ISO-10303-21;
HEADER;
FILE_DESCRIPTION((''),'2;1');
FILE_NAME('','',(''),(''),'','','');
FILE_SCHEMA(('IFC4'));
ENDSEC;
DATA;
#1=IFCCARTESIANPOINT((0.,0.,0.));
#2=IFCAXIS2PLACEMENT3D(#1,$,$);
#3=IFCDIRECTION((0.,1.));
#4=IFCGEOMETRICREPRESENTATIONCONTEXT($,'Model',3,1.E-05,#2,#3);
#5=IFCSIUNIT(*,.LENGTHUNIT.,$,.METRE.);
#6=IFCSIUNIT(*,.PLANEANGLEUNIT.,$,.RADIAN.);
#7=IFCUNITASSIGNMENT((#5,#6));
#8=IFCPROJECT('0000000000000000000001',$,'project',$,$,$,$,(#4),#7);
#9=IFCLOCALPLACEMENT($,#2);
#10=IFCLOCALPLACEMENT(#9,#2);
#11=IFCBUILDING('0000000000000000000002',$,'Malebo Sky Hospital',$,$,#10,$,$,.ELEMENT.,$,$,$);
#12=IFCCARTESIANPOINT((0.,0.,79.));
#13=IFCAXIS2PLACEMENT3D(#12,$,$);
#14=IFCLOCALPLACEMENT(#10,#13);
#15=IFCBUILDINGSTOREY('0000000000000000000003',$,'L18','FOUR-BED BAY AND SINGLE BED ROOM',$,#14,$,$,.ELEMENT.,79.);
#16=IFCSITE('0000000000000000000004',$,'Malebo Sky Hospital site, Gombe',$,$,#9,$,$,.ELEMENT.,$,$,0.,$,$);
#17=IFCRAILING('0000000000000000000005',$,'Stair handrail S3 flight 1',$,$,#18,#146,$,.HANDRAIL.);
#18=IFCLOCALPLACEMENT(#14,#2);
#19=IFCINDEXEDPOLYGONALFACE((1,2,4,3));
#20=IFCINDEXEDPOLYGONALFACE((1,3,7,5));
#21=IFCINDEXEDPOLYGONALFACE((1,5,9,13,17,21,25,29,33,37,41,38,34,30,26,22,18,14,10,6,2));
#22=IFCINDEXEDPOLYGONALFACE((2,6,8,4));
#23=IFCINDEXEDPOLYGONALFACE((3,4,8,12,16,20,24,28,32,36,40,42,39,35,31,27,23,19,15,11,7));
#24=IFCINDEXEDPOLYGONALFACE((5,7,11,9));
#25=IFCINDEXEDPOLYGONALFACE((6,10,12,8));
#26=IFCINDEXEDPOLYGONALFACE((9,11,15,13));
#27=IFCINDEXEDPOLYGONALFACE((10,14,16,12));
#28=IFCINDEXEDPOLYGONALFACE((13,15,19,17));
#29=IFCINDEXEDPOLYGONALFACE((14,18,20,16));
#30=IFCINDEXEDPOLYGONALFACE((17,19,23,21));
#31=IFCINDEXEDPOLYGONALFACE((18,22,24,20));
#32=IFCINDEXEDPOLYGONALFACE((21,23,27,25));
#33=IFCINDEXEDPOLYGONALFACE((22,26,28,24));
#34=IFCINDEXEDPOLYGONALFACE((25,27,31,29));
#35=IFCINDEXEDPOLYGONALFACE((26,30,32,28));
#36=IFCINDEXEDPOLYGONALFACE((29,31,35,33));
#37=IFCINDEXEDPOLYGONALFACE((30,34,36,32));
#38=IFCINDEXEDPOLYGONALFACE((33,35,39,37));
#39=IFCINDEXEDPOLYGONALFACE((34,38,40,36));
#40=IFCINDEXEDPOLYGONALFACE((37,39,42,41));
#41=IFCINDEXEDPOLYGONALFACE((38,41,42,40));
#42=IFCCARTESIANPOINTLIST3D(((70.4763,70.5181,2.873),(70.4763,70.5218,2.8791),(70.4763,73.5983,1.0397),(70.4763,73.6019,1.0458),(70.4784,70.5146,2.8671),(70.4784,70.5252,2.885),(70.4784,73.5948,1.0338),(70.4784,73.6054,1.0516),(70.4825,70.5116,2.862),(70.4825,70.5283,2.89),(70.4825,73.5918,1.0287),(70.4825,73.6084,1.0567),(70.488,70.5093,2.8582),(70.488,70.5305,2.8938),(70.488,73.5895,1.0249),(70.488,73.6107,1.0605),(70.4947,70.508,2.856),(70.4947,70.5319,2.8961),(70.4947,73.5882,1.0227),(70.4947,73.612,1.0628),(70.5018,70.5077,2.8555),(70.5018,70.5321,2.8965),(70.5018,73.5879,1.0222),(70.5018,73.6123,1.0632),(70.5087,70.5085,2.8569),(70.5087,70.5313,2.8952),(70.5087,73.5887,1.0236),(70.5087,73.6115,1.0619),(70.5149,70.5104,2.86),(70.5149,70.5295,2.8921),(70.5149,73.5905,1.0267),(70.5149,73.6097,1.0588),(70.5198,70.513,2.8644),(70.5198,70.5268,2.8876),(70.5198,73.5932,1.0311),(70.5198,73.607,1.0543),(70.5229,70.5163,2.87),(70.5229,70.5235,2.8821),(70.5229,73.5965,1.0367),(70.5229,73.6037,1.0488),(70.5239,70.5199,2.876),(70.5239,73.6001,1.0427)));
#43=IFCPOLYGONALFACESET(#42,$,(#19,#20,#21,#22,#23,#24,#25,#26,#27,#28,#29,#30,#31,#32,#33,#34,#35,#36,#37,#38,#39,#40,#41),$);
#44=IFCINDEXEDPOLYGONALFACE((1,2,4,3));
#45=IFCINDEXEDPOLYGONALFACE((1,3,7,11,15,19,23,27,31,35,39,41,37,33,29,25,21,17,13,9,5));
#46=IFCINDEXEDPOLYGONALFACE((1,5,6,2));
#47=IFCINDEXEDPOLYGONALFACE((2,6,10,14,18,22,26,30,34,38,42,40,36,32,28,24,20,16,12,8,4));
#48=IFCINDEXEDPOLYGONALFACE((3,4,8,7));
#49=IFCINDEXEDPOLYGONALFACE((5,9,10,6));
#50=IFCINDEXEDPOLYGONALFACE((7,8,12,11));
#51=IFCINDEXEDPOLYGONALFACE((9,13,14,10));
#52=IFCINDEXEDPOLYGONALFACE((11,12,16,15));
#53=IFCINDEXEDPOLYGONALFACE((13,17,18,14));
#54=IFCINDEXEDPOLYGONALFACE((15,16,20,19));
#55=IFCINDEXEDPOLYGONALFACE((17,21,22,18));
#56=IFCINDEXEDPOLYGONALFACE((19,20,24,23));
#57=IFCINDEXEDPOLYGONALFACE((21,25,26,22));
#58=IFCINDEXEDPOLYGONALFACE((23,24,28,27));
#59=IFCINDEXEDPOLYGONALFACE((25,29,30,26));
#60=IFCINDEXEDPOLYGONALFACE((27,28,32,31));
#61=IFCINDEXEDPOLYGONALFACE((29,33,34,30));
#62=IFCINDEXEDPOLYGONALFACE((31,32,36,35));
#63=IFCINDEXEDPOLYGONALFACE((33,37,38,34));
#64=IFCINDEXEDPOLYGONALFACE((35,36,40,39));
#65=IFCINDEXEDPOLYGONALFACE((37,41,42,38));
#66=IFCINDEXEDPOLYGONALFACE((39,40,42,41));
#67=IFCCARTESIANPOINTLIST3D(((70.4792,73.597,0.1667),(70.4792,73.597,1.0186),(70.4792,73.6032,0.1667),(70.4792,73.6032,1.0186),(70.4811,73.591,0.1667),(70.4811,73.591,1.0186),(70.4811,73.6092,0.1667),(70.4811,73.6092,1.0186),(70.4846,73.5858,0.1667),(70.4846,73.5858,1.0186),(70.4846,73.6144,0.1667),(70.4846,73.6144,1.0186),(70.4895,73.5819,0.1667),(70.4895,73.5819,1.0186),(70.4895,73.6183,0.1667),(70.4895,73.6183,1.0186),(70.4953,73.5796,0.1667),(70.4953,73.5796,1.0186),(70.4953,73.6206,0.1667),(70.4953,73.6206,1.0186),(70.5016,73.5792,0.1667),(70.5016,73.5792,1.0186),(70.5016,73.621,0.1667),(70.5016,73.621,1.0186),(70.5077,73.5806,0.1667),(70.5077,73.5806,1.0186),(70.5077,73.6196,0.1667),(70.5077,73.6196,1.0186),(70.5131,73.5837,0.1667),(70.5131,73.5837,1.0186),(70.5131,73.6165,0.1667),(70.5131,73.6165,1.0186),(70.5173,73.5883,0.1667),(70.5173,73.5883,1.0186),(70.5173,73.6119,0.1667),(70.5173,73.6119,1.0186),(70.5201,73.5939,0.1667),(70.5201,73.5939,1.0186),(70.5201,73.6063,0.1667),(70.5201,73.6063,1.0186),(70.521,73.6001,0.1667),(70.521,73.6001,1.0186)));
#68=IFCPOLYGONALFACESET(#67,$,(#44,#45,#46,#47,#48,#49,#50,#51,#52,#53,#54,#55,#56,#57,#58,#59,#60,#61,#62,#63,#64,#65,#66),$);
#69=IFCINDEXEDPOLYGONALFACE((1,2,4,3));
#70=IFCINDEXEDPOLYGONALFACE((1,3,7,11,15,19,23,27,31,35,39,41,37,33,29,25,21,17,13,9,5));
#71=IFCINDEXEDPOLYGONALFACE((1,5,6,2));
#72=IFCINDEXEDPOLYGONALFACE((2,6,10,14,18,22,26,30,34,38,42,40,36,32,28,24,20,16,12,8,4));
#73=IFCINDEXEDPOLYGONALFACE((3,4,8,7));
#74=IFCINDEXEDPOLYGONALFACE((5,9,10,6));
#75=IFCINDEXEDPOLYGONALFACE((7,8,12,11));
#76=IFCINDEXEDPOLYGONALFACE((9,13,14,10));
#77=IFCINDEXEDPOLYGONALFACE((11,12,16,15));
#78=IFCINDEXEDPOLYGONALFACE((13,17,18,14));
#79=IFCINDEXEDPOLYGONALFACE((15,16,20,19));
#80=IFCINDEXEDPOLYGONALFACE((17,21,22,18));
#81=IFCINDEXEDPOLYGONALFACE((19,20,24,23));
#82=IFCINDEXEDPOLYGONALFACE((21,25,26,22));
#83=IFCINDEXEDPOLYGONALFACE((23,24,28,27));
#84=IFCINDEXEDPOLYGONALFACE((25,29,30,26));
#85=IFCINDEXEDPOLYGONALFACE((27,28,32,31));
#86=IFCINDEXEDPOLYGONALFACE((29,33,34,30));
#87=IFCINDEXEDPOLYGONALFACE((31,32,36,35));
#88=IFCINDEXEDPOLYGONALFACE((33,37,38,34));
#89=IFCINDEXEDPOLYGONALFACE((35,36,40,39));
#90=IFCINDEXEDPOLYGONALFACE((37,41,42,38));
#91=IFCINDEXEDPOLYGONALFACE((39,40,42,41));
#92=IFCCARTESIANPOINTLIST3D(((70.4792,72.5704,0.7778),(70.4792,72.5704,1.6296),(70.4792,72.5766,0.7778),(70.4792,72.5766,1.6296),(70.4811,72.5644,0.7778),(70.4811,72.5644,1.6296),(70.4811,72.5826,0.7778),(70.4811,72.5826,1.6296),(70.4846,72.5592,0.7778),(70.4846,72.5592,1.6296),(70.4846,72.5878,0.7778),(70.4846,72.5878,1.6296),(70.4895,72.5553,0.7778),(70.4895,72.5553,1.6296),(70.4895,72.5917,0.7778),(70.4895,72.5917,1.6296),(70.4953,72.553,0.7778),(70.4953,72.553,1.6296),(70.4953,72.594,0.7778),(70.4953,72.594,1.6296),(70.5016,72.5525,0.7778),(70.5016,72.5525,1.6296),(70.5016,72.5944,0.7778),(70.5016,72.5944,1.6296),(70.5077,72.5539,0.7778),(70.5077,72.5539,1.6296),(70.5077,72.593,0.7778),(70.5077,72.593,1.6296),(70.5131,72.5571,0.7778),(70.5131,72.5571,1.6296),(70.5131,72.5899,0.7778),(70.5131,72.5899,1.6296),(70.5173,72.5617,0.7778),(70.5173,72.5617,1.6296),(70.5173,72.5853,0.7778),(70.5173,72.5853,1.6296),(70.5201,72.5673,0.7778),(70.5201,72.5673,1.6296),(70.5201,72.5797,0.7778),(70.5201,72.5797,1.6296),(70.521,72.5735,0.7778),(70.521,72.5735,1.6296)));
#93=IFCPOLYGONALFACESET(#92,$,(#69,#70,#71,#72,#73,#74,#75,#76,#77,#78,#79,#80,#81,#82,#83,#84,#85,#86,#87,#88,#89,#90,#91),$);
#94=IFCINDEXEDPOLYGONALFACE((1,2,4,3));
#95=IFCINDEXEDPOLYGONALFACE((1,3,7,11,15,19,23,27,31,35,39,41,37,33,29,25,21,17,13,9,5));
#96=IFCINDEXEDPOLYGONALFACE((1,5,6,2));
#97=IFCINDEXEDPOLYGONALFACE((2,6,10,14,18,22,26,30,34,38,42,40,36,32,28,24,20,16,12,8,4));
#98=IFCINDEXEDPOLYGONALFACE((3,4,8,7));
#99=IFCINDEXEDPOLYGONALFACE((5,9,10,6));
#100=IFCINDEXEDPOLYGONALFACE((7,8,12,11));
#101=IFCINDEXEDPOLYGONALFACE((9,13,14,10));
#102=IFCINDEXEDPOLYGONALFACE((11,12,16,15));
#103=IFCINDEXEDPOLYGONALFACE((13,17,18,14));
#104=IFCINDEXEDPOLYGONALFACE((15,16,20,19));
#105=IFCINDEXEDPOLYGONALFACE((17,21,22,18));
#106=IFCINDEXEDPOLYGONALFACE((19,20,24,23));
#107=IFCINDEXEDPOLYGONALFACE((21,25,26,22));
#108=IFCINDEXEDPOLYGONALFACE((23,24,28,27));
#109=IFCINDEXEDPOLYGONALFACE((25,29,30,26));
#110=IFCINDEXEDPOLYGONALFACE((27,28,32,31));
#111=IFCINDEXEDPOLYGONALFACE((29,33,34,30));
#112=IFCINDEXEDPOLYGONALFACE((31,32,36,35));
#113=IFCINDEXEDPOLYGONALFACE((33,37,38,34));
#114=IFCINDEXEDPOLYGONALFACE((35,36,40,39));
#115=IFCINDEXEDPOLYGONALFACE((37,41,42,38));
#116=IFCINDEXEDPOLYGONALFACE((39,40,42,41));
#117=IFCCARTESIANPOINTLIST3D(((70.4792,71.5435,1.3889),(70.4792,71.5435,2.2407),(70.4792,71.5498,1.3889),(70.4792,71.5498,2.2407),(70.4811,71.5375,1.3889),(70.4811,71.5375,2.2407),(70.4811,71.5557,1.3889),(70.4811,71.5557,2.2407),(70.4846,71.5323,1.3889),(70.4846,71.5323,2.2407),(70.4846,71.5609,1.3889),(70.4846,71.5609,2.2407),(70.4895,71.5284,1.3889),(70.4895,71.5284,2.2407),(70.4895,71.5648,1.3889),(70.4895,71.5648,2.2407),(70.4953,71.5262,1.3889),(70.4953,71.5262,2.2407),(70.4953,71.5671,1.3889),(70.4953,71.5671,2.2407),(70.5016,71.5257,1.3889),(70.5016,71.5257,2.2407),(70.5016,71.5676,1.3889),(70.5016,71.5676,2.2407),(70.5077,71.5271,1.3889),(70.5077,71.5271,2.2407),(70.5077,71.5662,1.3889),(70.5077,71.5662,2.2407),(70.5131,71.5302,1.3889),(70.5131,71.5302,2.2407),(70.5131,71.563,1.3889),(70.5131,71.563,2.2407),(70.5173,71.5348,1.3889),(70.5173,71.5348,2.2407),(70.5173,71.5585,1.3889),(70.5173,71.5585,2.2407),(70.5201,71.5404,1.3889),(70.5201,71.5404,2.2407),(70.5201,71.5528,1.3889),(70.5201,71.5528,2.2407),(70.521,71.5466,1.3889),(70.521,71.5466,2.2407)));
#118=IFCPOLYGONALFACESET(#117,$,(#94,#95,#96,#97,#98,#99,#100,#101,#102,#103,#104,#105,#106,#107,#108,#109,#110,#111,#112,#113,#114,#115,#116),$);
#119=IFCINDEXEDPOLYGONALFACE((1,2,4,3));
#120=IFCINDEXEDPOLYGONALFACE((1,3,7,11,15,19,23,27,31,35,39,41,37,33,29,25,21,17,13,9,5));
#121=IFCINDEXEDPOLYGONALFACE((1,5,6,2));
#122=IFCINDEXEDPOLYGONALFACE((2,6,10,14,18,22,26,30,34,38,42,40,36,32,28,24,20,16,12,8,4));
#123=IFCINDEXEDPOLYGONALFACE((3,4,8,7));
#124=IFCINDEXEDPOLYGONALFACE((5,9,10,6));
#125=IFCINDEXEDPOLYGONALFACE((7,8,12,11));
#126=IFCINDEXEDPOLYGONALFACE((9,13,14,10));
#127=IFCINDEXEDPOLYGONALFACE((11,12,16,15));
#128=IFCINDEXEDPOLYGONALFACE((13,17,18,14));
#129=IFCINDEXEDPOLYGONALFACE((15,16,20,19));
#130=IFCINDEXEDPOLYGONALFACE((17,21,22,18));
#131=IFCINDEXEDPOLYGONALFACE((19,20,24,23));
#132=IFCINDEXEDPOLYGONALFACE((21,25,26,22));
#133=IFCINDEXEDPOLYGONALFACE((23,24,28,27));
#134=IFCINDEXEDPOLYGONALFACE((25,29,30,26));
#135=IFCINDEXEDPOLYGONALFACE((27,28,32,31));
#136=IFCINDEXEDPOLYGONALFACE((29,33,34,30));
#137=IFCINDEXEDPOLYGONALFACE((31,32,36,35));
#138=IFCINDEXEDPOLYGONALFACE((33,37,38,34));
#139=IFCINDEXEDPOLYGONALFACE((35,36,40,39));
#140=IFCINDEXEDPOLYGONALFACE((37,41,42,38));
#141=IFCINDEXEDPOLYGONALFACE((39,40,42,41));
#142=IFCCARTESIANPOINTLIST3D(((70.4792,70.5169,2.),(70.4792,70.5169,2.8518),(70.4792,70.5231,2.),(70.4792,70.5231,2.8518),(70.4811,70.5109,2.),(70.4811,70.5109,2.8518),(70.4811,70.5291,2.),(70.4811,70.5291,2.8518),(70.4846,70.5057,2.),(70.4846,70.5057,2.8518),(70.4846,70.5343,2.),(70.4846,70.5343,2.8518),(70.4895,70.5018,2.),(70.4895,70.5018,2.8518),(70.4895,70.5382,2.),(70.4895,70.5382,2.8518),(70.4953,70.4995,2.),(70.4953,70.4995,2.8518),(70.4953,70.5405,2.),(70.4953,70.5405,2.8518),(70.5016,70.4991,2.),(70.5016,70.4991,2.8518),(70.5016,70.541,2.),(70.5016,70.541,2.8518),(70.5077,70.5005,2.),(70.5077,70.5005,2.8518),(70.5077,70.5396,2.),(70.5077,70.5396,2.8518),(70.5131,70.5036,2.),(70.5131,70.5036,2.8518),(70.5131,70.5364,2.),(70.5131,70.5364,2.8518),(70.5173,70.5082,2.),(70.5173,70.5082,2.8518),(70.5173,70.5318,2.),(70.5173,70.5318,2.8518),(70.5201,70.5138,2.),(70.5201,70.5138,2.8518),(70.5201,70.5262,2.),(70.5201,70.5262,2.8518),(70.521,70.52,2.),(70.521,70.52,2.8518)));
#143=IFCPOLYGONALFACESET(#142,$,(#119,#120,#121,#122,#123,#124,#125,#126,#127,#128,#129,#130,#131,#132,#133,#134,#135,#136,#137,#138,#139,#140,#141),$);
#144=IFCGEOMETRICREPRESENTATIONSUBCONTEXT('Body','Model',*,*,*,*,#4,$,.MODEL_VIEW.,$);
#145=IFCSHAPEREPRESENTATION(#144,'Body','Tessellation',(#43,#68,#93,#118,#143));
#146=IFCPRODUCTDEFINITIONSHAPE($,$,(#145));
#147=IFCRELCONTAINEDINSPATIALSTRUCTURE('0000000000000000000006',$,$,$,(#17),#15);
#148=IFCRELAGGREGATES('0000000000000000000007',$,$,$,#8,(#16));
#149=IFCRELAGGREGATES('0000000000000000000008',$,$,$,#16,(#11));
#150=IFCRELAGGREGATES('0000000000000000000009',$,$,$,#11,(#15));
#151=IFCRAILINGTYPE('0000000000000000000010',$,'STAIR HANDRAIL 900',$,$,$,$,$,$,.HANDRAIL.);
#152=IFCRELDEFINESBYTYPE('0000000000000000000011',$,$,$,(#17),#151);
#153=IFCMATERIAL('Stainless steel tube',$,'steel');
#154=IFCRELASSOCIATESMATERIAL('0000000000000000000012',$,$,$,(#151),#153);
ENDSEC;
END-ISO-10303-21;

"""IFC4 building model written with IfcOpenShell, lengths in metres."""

from ifc_helpers import new_model, si_unit, direction, frame, origin, origin_2d, place, context, subcontext, project, spatial, circle, extrude, material, type_object, element, save


model = new_model("IFC4")

# Units and contexts
model_context = context("Model", 3, precision=1e-05, world=origin(), true_north=direction((0.0, 1.0)))
body_context = subcontext(model_context, "Body", "Model", "MODEL_VIEW")
ifc_project = project(units=[si_unit("LENGTHUNIT", "METRE"), si_unit("PLANEANGLEUNIT", "RADIAN")], contexts=[model_context])

# Site, building, storey
site_placement = place(None, origin())
site = spatial("IfcSite", under=ifc_project, at=site_placement, Name="Malebo Sky Hospital site, Gombe", CompositionType="ELEMENT", RefElevation=0.0)
building_placement = place(site_placement, origin())
building = spatial("IfcBuilding", under=site, at=building_placement, Name="Malebo Sky Hospital", CompositionType="ELEMENT")
storey_placement = place(building_placement, frame((0.0, 0.0, 79.0)))
storey = spatial("IfcBuildingStorey", under=building, at=storey_placement, Name="L18", Description="FOUR-BED BAY AND SINGLE BED ROOM", CompositionType="ELEMENT", Elevation=79.0)

# Railing
ifc_material_1 = material(Name="Stainless steel tube", Category="steel")
railing_type = type_object("IfcRailingType", Name="STAIR HANDRAIL 900", PredefinedType="HANDRAIL", material=ifc_material_1)
railing_1_placement = place(storey_placement, frame((70.5, 73.6001, 0.1667)))
element("IfcRailing", 1, at=railing_1_placement, inside=storey, type_object=railing_type, Name="Stair handrail S3 flight 1", PredefinedType="HANDRAIL", context=body_context, shape_type="SweptSolid", body=[
    extrude(circle(Radius=0.0239, at=origin_2d()), frame((0.0, 0.0, 0.876), z_axis=(0.0, -0.859309, 0.511458), x_axis=(1.0, 0.0, 0.0)), (0.0, 0.0, 1.0), 3.5845),
    extrude(circle(Radius=0.021, at=origin_2d()), origin(), (0.0, 0.0, 1.0), 0.8518),
    extrude(circle(Radius=0.021, at=origin_2d()), frame((0.0, -1.0266, 0.6111)), (0.0, 0.0, 1.0), 0.8518),
    extrude(circle(Radius=0.021, at=origin_2d()), frame((0.0, -2.0535, 1.2222)), (0.0, 0.0, 1.0), 0.8518),
    extrude(circle(Radius=0.021, at=origin_2d()), frame((0.0, -3.0801, 1.8333)), (0.0, 0.0, 1.0), 0.8518),
])

save(model, "model.ifc")
